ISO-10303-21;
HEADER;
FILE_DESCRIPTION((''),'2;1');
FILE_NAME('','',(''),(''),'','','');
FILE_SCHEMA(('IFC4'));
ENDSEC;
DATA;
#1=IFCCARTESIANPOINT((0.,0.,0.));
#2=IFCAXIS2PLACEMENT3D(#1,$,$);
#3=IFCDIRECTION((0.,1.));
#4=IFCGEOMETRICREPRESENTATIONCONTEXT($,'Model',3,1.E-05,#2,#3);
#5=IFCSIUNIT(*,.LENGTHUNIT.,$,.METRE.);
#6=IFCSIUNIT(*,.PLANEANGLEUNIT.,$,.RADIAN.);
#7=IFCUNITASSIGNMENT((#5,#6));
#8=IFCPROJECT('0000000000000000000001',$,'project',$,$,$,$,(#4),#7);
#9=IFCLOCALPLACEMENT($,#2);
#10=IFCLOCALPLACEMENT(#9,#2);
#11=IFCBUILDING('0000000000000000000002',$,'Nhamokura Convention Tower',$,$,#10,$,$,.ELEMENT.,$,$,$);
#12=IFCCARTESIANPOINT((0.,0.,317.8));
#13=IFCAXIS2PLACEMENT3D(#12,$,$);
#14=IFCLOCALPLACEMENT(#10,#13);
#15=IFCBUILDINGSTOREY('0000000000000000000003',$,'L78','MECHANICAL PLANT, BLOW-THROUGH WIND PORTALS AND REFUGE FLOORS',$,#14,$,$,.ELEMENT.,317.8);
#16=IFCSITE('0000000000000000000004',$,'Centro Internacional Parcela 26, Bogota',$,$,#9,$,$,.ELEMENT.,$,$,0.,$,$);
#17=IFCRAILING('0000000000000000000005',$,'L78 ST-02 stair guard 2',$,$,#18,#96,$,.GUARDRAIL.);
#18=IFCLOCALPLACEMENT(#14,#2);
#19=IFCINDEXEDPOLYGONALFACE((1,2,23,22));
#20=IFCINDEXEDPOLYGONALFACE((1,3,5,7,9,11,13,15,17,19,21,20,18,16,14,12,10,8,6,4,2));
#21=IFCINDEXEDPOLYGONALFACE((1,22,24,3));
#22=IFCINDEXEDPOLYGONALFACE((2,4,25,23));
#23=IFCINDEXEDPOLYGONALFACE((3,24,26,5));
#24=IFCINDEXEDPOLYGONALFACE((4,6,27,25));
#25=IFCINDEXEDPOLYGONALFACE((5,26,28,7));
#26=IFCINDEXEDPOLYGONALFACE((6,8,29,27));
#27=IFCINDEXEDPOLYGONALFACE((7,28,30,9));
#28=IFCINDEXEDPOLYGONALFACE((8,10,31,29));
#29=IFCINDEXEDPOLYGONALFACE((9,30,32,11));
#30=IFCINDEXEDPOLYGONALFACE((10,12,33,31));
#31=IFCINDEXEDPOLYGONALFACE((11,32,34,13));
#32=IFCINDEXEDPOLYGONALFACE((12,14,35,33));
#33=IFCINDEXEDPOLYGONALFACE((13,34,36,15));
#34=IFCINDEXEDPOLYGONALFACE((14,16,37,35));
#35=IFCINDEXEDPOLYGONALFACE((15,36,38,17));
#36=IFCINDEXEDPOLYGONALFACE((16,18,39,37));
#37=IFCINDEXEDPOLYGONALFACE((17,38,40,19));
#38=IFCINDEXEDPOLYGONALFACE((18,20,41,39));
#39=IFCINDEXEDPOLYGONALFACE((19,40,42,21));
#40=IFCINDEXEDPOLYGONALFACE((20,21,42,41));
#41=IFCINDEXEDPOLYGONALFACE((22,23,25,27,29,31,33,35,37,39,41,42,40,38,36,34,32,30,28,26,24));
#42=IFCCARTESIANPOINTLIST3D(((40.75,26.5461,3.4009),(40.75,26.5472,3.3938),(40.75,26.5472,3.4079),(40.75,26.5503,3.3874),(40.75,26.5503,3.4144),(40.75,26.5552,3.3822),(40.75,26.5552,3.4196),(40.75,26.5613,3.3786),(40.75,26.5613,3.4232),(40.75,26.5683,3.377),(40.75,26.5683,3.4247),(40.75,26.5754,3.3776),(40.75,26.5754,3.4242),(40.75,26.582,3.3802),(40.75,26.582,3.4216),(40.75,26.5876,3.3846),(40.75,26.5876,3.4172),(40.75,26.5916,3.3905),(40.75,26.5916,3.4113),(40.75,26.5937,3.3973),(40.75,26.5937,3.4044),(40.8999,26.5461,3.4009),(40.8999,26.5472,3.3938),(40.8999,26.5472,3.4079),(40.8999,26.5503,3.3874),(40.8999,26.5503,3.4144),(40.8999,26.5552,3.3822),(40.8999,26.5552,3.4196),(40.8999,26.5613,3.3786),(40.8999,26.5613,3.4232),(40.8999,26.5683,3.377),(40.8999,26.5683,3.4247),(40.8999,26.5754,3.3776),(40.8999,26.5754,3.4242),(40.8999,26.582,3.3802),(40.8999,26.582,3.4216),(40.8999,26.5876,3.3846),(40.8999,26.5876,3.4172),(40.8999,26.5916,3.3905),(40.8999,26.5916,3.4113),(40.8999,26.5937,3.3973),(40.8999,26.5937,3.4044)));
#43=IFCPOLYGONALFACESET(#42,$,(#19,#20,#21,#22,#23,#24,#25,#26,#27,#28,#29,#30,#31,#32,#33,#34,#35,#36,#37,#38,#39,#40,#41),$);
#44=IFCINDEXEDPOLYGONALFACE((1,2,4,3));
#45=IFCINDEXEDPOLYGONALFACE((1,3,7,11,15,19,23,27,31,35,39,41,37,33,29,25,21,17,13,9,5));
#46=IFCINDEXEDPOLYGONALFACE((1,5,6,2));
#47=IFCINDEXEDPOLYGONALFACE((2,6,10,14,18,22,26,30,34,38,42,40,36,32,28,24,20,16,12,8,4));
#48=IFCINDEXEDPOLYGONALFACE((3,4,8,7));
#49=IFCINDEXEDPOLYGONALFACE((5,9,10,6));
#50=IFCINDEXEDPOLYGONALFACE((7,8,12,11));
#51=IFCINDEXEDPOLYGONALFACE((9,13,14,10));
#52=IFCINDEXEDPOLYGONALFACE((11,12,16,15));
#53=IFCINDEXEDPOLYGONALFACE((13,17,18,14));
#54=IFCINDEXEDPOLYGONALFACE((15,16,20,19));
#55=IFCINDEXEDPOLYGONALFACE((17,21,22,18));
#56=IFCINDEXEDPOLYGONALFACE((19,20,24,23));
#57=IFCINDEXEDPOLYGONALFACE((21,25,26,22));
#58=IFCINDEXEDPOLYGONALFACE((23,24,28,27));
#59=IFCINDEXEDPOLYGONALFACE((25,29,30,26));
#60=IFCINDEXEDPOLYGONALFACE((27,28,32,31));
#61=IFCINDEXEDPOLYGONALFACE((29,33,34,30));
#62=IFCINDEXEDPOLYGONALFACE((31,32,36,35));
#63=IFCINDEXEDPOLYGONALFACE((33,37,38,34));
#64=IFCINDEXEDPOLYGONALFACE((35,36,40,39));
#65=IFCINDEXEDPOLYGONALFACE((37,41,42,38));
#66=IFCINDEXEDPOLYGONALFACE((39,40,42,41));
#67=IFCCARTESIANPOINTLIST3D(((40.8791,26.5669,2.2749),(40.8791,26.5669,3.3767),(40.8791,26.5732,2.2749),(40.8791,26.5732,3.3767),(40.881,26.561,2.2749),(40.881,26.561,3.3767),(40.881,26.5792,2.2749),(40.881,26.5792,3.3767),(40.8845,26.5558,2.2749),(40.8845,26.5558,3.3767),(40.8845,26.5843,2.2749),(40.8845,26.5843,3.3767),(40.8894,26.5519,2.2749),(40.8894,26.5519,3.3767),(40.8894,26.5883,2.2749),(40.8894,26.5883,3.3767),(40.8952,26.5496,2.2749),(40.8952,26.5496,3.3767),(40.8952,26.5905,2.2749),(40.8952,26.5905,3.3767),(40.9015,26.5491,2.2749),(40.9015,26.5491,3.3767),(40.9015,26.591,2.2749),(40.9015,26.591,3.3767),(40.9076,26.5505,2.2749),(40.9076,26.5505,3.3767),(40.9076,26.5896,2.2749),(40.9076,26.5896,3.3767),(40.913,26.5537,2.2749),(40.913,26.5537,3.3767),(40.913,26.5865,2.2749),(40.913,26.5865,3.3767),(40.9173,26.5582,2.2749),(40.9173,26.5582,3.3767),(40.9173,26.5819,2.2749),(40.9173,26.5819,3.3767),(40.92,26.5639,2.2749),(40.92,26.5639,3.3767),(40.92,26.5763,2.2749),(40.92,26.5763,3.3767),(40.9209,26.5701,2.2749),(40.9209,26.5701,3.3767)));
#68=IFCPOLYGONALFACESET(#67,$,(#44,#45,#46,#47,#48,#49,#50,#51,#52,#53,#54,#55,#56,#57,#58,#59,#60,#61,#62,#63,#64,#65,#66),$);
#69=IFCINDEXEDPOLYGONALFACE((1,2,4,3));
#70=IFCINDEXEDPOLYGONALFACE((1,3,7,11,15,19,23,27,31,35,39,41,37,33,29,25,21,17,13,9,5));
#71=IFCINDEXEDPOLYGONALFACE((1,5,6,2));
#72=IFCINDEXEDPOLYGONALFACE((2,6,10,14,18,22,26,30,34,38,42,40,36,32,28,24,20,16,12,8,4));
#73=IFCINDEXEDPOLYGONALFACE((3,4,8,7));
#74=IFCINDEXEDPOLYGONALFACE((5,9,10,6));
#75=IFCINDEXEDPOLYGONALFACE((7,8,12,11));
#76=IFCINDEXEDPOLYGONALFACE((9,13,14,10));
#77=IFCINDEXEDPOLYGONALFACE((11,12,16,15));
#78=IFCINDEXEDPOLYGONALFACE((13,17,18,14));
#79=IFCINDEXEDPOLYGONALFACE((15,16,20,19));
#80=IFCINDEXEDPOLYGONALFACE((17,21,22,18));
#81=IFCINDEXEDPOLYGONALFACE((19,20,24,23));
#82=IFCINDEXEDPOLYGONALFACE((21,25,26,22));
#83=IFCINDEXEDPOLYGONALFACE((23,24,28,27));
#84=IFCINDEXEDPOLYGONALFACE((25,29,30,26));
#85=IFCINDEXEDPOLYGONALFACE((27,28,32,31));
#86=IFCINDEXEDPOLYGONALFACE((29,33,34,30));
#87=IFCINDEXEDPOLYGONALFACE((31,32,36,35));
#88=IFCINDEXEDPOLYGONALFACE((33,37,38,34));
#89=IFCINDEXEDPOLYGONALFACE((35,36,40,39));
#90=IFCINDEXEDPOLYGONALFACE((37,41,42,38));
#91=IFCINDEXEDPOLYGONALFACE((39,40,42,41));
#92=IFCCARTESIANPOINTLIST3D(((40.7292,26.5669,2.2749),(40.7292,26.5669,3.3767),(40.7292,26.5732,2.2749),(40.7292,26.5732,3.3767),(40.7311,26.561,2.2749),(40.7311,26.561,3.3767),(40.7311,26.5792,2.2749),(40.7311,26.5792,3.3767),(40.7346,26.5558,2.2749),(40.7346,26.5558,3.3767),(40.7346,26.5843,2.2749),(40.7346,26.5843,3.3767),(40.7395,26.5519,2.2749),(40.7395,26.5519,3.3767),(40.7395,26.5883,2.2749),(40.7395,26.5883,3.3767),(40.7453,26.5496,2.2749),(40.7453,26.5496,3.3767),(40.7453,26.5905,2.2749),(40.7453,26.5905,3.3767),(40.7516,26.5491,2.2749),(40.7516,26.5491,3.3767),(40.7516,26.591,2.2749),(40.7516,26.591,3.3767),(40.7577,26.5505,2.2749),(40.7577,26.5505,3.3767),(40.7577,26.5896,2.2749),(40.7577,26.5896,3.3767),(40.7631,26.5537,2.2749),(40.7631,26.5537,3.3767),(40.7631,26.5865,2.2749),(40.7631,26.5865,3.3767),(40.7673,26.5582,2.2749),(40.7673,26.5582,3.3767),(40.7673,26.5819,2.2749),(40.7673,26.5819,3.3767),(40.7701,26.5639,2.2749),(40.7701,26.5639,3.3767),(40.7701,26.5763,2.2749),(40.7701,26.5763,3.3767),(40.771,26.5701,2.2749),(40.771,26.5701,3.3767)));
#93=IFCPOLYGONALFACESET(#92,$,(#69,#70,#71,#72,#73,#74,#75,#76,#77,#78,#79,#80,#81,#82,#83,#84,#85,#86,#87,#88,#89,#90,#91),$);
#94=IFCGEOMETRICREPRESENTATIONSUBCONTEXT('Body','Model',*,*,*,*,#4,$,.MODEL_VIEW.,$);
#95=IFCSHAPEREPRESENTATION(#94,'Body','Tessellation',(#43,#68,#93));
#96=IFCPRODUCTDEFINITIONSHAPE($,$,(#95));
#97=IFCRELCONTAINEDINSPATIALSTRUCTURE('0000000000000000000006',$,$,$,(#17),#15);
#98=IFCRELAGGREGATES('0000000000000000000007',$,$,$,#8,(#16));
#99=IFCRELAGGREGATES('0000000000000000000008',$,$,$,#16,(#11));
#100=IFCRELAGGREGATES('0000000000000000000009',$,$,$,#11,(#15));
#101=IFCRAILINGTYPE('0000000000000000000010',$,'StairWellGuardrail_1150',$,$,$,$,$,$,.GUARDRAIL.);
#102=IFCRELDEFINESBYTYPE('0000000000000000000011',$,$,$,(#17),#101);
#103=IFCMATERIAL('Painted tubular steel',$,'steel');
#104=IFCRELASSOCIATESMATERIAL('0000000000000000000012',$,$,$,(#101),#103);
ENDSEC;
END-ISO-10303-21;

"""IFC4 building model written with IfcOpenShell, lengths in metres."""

from ifc_helpers import new_model, si_unit, direction, frame, origin, origin_2d, place, context, subcontext, project, spatial, circle, extrude, material, type_object, element, save


model = new_model("IFC4")

# Units and contexts
model_context = context("Model", 3, precision=1e-05, world=origin(), true_north=direction((0.0, 1.0)))
body_context = subcontext(model_context, "Body", "Model", "MODEL_VIEW")
ifc_project = project(units=[si_unit("LENGTHUNIT", "METRE"), si_unit("PLANEANGLEUNIT", "RADIAN")], contexts=[model_context])

# Site, building, storey
site_placement = place(None, origin())
site = spatial("IfcSite", under=ifc_project, at=site_placement, Name="Centro Internacional Parcela 26, Bogota", CompositionType="ELEMENT", RefElevation=0.0)
building_placement = place(site_placement, origin())
building = spatial("IfcBuilding", under=site, at=building_placement, Name="Nhamokura Convention Tower", CompositionType="ELEMENT")
storey_placement = place(building_placement, frame((0.0, 0.0, 317.8)))
storey = spatial("IfcBuildingStorey", under=building, at=storey_placement, Name="L78", Description="MECHANICAL PLANT, BLOW-THROUGH WIND PORTALS AND REFUGE FLOORS", CompositionType="ELEMENT", Elevation=317.8)

# Railing
ifc_material_1 = material(Name="Painted tubular steel", Category="steel")
railing_type_1 = type_object("IfcRailingType", Name="StairWellGuardrail_1150", PredefinedType="GUARDRAIL", material=ifc_material_1)
railing_1_placement = place(storey_placement, frame((40.8999, 26.5701, 2.2749)))
element("IfcRailing", 1, at=railing_1_placement, inside=storey, type_object=railing_type_1, Name="L78 ST-02 stair guard 2", PredefinedType="GUARDRAIL", context=body_context, shape_type="SweptSolid", body=[
    extrude(circle(Radius=0.0239, at=origin_2d()), frame((0.0, 0.0, 1.126), z_axis=(-1.0, 0.0, 0.0), x_axis=(0.0, -1.0, 0.0)), (0.0, 0.0, 1.0), 0.1499),
    extrude(circle(Radius=0.021, at=origin_2d()), origin(), (0.0, 0.0, 1.0), 1.1018),
    extrude(circle(Radius=0.021, at=origin_2d()), frame((-0.1499, 0.0, 0.0)), (0.0, 0.0, 1.0), 1.1018),
])

save(model, "model.ifc")
